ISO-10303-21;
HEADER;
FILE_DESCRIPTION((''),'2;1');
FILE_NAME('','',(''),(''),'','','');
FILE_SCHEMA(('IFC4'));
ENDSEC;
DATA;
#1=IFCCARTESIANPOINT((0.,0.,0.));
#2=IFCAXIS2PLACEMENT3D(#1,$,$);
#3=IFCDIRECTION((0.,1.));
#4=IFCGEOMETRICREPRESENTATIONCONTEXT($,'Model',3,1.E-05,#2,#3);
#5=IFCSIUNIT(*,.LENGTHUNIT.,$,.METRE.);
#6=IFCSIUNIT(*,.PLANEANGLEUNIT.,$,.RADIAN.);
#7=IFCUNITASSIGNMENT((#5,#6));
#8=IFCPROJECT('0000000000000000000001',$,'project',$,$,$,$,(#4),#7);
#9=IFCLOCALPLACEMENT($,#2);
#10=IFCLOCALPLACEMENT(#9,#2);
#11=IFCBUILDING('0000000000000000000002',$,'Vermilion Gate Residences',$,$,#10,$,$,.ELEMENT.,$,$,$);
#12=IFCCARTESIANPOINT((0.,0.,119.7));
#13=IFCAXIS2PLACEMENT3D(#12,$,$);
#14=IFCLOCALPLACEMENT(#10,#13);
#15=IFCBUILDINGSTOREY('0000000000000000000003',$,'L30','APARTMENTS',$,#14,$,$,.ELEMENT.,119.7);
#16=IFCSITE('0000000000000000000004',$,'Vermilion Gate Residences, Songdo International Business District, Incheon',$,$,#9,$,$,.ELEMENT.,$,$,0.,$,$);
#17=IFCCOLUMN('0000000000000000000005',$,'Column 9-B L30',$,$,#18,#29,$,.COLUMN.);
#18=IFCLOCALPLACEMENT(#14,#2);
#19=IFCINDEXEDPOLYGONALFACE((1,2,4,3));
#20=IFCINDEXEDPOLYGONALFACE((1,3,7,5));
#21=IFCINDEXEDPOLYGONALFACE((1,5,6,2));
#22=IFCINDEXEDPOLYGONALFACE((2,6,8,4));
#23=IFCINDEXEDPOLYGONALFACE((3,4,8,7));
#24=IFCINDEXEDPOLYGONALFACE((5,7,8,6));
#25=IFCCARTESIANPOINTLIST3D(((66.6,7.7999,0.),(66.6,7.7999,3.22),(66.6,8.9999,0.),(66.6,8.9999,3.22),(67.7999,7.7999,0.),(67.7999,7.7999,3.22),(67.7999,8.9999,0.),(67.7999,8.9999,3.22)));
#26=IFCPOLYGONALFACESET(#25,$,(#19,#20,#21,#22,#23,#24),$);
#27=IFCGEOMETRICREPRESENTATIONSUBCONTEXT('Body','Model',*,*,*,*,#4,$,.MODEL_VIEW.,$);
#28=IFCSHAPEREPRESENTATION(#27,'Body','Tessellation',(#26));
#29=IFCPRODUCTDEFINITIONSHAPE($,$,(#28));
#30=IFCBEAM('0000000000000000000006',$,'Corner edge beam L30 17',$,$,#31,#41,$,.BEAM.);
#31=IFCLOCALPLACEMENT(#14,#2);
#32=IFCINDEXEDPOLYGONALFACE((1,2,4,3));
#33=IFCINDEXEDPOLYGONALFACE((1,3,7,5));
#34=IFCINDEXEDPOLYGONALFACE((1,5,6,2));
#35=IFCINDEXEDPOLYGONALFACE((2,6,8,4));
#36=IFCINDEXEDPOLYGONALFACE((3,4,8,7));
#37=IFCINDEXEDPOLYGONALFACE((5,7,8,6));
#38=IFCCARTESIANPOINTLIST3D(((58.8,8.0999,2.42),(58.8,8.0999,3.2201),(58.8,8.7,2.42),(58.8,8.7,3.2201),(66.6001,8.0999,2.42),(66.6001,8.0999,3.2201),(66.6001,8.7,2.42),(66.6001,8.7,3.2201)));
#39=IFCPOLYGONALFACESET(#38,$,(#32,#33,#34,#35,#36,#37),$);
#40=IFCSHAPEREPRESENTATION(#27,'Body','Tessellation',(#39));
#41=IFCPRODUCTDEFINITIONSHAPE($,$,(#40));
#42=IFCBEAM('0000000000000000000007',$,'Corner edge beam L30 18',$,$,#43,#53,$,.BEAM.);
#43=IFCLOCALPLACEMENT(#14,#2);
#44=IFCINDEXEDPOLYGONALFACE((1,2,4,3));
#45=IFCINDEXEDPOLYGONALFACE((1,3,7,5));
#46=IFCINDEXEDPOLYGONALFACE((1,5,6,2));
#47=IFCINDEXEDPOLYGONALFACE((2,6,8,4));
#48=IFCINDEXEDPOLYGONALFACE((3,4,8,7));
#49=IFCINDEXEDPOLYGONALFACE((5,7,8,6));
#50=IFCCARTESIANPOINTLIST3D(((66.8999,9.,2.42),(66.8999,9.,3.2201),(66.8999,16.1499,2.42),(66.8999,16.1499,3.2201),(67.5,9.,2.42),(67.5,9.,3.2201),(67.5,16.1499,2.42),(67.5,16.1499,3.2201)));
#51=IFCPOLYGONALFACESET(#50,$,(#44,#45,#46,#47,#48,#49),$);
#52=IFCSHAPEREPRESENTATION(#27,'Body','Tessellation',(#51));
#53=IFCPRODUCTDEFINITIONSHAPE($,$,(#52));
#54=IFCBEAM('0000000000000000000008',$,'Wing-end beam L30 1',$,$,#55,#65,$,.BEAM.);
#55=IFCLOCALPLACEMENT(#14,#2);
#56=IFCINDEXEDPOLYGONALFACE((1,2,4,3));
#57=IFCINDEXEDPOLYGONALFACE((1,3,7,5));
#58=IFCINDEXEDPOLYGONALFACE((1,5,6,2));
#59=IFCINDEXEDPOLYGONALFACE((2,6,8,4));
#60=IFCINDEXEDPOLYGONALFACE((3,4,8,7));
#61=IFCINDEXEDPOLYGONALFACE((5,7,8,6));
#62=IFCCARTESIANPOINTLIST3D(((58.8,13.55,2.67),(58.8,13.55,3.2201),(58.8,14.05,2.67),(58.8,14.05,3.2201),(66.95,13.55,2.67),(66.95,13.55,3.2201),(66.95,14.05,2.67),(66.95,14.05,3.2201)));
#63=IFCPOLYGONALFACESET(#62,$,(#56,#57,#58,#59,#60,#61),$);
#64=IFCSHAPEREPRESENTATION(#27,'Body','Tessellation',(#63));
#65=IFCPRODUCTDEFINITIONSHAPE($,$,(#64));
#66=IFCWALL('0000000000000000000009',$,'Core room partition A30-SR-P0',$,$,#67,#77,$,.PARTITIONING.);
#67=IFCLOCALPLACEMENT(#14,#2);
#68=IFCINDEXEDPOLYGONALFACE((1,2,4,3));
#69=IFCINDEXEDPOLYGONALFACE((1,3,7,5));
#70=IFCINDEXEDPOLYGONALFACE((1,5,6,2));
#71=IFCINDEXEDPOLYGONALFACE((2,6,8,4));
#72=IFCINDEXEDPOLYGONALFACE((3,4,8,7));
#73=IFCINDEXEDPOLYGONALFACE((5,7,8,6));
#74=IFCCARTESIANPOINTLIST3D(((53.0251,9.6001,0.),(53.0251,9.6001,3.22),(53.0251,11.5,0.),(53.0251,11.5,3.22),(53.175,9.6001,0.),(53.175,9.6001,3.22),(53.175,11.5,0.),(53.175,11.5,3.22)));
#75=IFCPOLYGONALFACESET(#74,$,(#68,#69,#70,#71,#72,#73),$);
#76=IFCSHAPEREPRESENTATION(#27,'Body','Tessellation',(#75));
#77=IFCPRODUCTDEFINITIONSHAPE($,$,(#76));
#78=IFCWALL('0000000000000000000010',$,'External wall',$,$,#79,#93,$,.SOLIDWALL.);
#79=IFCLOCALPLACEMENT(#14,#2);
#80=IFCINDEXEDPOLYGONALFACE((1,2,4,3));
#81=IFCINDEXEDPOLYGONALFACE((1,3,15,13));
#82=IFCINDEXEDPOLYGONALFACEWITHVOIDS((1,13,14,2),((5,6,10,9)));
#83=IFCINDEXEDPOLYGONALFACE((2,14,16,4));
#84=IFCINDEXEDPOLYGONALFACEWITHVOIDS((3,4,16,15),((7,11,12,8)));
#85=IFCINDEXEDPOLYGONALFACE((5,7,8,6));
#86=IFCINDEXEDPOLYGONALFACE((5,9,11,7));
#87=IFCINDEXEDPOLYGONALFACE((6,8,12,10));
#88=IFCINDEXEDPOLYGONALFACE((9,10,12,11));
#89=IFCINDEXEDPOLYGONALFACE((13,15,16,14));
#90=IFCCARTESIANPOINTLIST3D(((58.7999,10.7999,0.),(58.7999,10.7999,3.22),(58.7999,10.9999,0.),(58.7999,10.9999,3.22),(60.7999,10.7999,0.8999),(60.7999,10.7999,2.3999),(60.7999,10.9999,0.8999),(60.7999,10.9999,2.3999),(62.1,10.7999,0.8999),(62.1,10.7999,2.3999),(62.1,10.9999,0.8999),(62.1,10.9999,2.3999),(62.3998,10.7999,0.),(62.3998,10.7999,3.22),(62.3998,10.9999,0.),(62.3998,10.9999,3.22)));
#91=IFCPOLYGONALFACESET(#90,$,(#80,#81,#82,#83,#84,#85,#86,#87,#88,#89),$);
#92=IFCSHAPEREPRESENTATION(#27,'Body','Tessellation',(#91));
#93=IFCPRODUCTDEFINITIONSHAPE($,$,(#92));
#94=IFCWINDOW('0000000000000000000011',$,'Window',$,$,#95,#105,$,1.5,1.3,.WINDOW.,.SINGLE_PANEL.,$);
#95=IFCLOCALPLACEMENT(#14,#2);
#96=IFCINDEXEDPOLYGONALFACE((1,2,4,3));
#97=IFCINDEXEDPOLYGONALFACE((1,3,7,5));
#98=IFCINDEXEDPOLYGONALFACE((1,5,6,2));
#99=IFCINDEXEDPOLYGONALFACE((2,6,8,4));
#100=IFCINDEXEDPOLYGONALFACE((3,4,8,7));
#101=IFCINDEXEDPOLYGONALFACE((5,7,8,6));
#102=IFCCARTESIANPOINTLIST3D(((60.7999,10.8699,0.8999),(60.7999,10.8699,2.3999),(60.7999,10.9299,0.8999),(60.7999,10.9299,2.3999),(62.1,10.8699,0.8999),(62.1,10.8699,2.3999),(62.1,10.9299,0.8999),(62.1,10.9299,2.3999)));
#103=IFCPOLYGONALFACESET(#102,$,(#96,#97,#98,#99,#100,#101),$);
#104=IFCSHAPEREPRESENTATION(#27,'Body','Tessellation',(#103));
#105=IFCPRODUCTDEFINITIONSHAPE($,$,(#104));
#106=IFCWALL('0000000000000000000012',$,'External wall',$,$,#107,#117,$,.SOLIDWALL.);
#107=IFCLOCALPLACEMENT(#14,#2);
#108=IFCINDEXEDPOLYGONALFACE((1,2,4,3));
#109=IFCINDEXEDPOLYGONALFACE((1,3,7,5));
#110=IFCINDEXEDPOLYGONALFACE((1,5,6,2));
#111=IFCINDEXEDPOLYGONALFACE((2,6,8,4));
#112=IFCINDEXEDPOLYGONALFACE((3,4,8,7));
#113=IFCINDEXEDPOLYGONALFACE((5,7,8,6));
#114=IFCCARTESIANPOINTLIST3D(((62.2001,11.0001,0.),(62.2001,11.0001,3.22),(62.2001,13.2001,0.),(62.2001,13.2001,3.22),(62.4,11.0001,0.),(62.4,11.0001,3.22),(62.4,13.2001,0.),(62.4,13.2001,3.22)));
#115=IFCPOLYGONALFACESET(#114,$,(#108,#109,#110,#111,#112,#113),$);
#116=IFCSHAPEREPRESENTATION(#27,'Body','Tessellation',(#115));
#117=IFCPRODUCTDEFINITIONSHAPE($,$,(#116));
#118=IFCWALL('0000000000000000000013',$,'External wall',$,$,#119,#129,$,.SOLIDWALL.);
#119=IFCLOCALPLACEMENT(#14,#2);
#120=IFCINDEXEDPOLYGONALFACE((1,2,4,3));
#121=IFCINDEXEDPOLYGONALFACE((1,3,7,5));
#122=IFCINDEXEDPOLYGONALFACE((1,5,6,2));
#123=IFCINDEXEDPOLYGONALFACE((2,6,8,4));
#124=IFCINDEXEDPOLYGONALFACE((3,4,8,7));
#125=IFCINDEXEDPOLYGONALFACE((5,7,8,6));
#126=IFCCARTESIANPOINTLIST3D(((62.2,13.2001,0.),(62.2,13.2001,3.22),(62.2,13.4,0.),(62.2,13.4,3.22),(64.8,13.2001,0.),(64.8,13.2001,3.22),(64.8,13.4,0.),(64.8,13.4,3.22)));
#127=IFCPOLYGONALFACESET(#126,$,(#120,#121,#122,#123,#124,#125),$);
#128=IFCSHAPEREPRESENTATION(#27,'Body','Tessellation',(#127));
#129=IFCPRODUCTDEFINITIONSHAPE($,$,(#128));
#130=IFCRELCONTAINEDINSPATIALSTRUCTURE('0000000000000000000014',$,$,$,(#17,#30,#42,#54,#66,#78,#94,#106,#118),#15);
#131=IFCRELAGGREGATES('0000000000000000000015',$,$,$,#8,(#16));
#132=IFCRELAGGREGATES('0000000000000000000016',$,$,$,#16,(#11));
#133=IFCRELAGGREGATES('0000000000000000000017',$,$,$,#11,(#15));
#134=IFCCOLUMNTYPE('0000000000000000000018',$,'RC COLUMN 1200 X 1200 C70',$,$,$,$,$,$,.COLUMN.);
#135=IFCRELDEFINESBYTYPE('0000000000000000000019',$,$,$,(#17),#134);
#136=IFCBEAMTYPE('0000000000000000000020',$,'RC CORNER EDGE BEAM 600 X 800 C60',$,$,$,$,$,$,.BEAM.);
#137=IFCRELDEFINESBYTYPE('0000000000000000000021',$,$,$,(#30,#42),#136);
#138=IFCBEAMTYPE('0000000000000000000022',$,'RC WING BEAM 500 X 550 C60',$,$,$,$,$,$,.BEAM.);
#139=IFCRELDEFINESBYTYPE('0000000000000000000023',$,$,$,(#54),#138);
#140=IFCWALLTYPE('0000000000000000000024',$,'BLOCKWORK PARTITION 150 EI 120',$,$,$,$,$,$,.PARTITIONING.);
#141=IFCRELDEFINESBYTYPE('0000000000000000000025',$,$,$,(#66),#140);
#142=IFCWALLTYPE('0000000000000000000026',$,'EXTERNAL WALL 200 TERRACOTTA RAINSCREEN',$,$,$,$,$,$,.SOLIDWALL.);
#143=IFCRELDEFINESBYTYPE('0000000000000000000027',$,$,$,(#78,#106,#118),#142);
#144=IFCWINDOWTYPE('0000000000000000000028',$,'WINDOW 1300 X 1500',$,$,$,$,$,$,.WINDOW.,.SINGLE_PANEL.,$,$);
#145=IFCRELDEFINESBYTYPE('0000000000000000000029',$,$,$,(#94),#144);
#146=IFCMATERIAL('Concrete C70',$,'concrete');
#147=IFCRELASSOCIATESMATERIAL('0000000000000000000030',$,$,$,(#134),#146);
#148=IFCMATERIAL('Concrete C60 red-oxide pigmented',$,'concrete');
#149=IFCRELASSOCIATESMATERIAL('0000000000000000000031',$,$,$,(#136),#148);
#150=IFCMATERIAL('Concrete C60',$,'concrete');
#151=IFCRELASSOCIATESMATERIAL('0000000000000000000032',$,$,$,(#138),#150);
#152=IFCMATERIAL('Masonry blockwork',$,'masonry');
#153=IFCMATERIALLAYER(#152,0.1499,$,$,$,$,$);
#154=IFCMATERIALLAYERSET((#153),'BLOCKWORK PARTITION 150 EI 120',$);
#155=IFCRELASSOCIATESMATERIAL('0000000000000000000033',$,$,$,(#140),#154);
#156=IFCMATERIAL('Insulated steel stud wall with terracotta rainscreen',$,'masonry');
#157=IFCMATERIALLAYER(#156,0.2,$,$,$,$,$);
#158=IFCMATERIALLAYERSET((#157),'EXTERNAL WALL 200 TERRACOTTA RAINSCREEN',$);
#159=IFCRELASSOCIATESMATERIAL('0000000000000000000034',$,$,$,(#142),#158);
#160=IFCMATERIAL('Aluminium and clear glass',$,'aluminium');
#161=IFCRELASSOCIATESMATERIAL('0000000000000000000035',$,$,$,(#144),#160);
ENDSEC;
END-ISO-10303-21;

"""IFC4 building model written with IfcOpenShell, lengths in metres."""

from ifc_helpers import new_model, si_unit, direction, frame, frame_2d, origin, origin_2d, place, context, subcontext, project, spatial, rectangle, extrude, material, layer, layer_set, material_profile, profile_set, type_object, element, fill, save


model = new_model("IFC4")

# Units and contexts
model_context = context("Model", 3, precision=1e-05, world=origin(), true_north=direction((0.0, 1.0)))
body_context = subcontext(model_context, "Body", "Model", "MODEL_VIEW")
ifc_project = project(units=[si_unit("LENGTHUNIT", "METRE"), si_unit("PLANEANGLEUNIT", "RADIAN")], contexts=[model_context])

# Site, building, storey
site_placement = place(None, origin())
site = spatial("IfcSite", under=ifc_project, at=site_placement, Name="Vermilion Gate Residences, Songdo International Business District, Incheon", CompositionType="ELEMENT", RefElevation=0.0)
building_placement = place(site_placement, origin())
building = spatial("IfcBuilding", under=site, at=building_placement, Name="Vermilion Gate Residences", CompositionType="ELEMENT")
storey_placement = place(building_placement, frame((0.0, 0.0, 119.7)))
storey = spatial("IfcBuildingStorey", under=building, at=storey_placement, Name="L30", Description="APARTMENTS", CompositionType="ELEMENT", Elevation=119.7)

# Column
ifc_material_1 = material(Name="Concrete C70", Category="concrete")
ifc_material_profile_1 = material_profile(ifc_material_1, rectangle(XDim=1.2, YDim=1.2, at=origin_2d()), Name="RC-1200x1200")
ifc_profile_set_1 = profile_set([ifc_material_profile_1], Name="Concrete C70")
column_type = type_object("IfcColumnType", Name="RC COLUMN 1200 X 1200 C70", PredefinedType="COLUMN", material=ifc_profile_set_1)
column_placement = place(storey_placement, frame((67.2, 8.3999, 0.0), z_axis=(0.0, 0.0, 1.0), x_axis=(1.0, 0.0, 0.0)))
element("IfcColumn", 1, at=column_placement, inside=storey, type_object=column_type, Name="Column 9-B L30", PredefinedType="COLUMN", context=body_context, shape_type="SweptSolid", body=[
    extrude(rectangle(XDim=1.2, YDim=1.2, at=origin_2d()), origin(), (0.0, 0.0, 1.0), 3.22),
])

# Beams
ifc_material_2 = material(Name="Concrete C60 red-oxide pigmented", Category="concrete")
ifc_material_profile_2 = material_profile(ifc_material_2, rectangle(XDim=0.6001, YDim=0.8, at=origin_2d()), Name="RC-600x800")
ifc_profile_set_2 = profile_set([ifc_material_profile_2], Name="Concrete C60 red-oxide pigmented")
beam_type_1 = type_object("IfcBeamType", Name="RC CORNER EDGE BEAM 600 X 800 C60", PredefinedType="BEAM", material=ifc_profile_set_2)
beam_1_placement = place(storey_placement, frame((58.8, 8.3999, 2.8201), z_axis=(1.0, 0.0, 0.0), x_axis=(0.0, 1.0, 0.0)))
element("IfcBeam", 2, at=beam_1_placement, inside=storey, type_object=beam_type_1, Name="Corner edge beam L30 17", PredefinedType="BEAM", context=body_context, shape_type="SweptSolid", body=[
    extrude(rectangle(XDim=0.6001, YDim=0.8, at=origin_2d()), origin(), (0.0, 0.0, 1.0), 7.8),
])
beam_2_placement = place(storey_placement, frame((67.2, 9.0, 2.8201), z_axis=(0.0, 1.0, 0.0), x_axis=(-1.0, 0.0, 0.0)))
element("IfcBeam", 3, at=beam_2_placement, inside=storey, type_object=beam_type_1, Name="Corner edge beam L30 18", PredefinedType="BEAM", context=body_context, shape_type="SweptSolid", body=[
    extrude(rectangle(XDim=0.6001, YDim=0.8, at=origin_2d()), origin(), (0.0, 0.0, 1.0), 7.1499),
])
ifc_material_3 = material(Name="Concrete C60", Category="concrete")
ifc_material_profile_3 = material_profile(ifc_material_3, rectangle(XDim=0.5, YDim=0.55, at=origin_2d()), Name="RC-500x550")
ifc_profile_set_3 = profile_set([ifc_material_profile_3], Name="Concrete C60")
beam_type_2 = type_object("IfcBeamType", Name="RC WING BEAM 500 X 550 C60", PredefinedType="BEAM", material=ifc_profile_set_3)
beam_3_placement = place(storey_placement, frame((58.8, 13.8, 2.9451), z_axis=(1.0, 0.0, 0.0), x_axis=(0.0, 1.0, 0.0)))
element("IfcBeam", 4, at=beam_3_placement, inside=storey, type_object=beam_type_2, Name="Wing-end beam L30 1", PredefinedType="BEAM", context=body_context, shape_type="SweptSolid", body=[
    extrude(rectangle(XDim=0.5, YDim=0.55, at=origin_2d()), origin(), (0.0, 0.0, 1.0), 8.1499),
])

# Wall
ifc_material_4 = material(Name="Masonry blockwork", Category="masonry")
ifc_layer_1 = layer(ifc_material_4, 0.1499)
ifc_layer_set_1 = layer_set([ifc_layer_1], Name="BLOCKWORK PARTITION 150 EI 120")
wall_type_1 = type_object("IfcWallType", Name="BLOCKWORK PARTITION 150 EI 120", PredefinedType="PARTITIONING", material=ifc_layer_set_1)
wall_1_placement = place(storey_placement, frame((53.1001, 9.6001, 0.0), z_axis=(0.0, 0.0, 1.0), x_axis=(0.0, 1.0, 0.0)))
element("IfcWall", 5, at=wall_1_placement, inside=storey, type_object=wall_type_1, Name="Core room partition A30-SR-P0", PredefinedType="PARTITIONING", context=body_context, shape_type="SweptSolid", body=[
    extrude(rectangle(XDim=1.8999, YDim=0.1499, at=frame_2d((0.95, 0.0))), origin(), (0.0, 0.0, 1.0), 3.22),
])

# Wall, opening, window
ifc_material_5 = material(Name="Insulated steel stud wall with terracotta rainscreen", Category="masonry")
ifc_layer_2 = layer(ifc_material_5, 0.2)
ifc_layer_set_2 = layer_set([ifc_layer_2], Name="EXTERNAL WALL 200 TERRACOTTA RAINSCREEN")
wall_type_2 = type_object("IfcWallType", Name="EXTERNAL WALL 200 TERRACOTTA RAINSCREEN", PredefinedType="SOLIDWALL", material=ifc_layer_set_2)
wall_2_placement = place(storey_placement, frame((58.8, 10.8999, 0.0), z_axis=(0.0, 0.0, 1.0), x_axis=(1.0, 0.0, 0.0)))
wall_2 = element("IfcWall", 6, at=wall_2_placement, inside=storey, type_object=wall_type_2, Name="External wall", PredefinedType="SOLIDWALL", context=body_context, shape_type="SweptSolid", body=[
    extrude(rectangle(XDim=3.5999, YDim=0.2, at=frame_2d((1.7998, 0.0))), origin(), (0.0, 0.0, 1.0), 3.22),
])
opening_1_placement = place(wall_2_placement, frame((2.0, 0.0, 0.8999)))
opening_1 = element("IfcOpeningElement", 7, at=opening_1_placement, cuts=wall_2, PredefinedType="OPENING", context=body_context, shape_type="SweptSolid", body=[
    extrude(rectangle(XDim=1.3, YDim=1.5, at=frame_2d((0.6499, 0.75))), frame((0.0, 0.1099, 0.0), z_axis=(0.0, -1.0, 0.0), x_axis=(1.0, 0.0, 0.0)), (0.0, 0.0, 1.0), 0.22),
])
ifc_material_6 = material(Name="Aluminium and clear glass", Category="aluminium")
window_type_1 = type_object("IfcWindowType", Name="WINDOW 1300 X 1500", PartitioningType="SINGLE_PANEL", PredefinedType="WINDOW", material=ifc_material_6)
window_1_placement = place(opening_1_placement, origin())
window_1 = element("IfcWindow", 8, at=window_1_placement, inside=storey, type_object=window_type_1, Name="Window", OverallHeight=1.5, OverallWidth=1.3, PartitioningType="SINGLE_PANEL", PredefinedType="WINDOW", context=body_context, shape_type="SweptSolid", body=[
    extrude(rectangle(XDim=1.3, YDim=1.5, at=frame_2d((0.6499, 0.75))), frame((0.0, 0.03, 0.0), z_axis=(0.0, -1.0, 0.0), x_axis=(1.0, 0.0, 0.0)), (0.0, 0.0, 1.0), 0.0601),
])
fill(opening_1, window_1)

# Walls
wall_3_placement = place(storey_placement, frame((62.3, 11.0, 0.0), z_axis=(0.0, 0.0, 1.0), x_axis=(0.0, 1.0, 0.0)))
element("IfcWall", 9, at=wall_3_placement, inside=storey, type_object=wall_type_2, Name="External wall", PredefinedType="SOLIDWALL", context=body_context, shape_type="SweptSolid", body=[
    extrude(rectangle(XDim=2.2, YDim=0.2, at=frame_2d((1.1001, 0.0))), origin(), (0.0, 0.0, 1.0), 3.22),
])
wall_4_placement = place(storey_placement, frame((62.2, 13.3, 0.0), z_axis=(0.0, 0.0, 1.0), x_axis=(1.0, 0.0, 0.0)))
element("IfcWall", 10, at=wall_4_placement, inside=storey, type_object=wall_type_2, Name="External wall", PredefinedType="SOLIDWALL", context=body_context, shape_type="SweptSolid", body=[
    extrude(rectangle(XDim=2.6001, YDim=0.2, at=frame_2d((1.3, 0.0))), origin(), (0.0, 0.0, 1.0), 3.22),
])

save(model, "model.ifc")
